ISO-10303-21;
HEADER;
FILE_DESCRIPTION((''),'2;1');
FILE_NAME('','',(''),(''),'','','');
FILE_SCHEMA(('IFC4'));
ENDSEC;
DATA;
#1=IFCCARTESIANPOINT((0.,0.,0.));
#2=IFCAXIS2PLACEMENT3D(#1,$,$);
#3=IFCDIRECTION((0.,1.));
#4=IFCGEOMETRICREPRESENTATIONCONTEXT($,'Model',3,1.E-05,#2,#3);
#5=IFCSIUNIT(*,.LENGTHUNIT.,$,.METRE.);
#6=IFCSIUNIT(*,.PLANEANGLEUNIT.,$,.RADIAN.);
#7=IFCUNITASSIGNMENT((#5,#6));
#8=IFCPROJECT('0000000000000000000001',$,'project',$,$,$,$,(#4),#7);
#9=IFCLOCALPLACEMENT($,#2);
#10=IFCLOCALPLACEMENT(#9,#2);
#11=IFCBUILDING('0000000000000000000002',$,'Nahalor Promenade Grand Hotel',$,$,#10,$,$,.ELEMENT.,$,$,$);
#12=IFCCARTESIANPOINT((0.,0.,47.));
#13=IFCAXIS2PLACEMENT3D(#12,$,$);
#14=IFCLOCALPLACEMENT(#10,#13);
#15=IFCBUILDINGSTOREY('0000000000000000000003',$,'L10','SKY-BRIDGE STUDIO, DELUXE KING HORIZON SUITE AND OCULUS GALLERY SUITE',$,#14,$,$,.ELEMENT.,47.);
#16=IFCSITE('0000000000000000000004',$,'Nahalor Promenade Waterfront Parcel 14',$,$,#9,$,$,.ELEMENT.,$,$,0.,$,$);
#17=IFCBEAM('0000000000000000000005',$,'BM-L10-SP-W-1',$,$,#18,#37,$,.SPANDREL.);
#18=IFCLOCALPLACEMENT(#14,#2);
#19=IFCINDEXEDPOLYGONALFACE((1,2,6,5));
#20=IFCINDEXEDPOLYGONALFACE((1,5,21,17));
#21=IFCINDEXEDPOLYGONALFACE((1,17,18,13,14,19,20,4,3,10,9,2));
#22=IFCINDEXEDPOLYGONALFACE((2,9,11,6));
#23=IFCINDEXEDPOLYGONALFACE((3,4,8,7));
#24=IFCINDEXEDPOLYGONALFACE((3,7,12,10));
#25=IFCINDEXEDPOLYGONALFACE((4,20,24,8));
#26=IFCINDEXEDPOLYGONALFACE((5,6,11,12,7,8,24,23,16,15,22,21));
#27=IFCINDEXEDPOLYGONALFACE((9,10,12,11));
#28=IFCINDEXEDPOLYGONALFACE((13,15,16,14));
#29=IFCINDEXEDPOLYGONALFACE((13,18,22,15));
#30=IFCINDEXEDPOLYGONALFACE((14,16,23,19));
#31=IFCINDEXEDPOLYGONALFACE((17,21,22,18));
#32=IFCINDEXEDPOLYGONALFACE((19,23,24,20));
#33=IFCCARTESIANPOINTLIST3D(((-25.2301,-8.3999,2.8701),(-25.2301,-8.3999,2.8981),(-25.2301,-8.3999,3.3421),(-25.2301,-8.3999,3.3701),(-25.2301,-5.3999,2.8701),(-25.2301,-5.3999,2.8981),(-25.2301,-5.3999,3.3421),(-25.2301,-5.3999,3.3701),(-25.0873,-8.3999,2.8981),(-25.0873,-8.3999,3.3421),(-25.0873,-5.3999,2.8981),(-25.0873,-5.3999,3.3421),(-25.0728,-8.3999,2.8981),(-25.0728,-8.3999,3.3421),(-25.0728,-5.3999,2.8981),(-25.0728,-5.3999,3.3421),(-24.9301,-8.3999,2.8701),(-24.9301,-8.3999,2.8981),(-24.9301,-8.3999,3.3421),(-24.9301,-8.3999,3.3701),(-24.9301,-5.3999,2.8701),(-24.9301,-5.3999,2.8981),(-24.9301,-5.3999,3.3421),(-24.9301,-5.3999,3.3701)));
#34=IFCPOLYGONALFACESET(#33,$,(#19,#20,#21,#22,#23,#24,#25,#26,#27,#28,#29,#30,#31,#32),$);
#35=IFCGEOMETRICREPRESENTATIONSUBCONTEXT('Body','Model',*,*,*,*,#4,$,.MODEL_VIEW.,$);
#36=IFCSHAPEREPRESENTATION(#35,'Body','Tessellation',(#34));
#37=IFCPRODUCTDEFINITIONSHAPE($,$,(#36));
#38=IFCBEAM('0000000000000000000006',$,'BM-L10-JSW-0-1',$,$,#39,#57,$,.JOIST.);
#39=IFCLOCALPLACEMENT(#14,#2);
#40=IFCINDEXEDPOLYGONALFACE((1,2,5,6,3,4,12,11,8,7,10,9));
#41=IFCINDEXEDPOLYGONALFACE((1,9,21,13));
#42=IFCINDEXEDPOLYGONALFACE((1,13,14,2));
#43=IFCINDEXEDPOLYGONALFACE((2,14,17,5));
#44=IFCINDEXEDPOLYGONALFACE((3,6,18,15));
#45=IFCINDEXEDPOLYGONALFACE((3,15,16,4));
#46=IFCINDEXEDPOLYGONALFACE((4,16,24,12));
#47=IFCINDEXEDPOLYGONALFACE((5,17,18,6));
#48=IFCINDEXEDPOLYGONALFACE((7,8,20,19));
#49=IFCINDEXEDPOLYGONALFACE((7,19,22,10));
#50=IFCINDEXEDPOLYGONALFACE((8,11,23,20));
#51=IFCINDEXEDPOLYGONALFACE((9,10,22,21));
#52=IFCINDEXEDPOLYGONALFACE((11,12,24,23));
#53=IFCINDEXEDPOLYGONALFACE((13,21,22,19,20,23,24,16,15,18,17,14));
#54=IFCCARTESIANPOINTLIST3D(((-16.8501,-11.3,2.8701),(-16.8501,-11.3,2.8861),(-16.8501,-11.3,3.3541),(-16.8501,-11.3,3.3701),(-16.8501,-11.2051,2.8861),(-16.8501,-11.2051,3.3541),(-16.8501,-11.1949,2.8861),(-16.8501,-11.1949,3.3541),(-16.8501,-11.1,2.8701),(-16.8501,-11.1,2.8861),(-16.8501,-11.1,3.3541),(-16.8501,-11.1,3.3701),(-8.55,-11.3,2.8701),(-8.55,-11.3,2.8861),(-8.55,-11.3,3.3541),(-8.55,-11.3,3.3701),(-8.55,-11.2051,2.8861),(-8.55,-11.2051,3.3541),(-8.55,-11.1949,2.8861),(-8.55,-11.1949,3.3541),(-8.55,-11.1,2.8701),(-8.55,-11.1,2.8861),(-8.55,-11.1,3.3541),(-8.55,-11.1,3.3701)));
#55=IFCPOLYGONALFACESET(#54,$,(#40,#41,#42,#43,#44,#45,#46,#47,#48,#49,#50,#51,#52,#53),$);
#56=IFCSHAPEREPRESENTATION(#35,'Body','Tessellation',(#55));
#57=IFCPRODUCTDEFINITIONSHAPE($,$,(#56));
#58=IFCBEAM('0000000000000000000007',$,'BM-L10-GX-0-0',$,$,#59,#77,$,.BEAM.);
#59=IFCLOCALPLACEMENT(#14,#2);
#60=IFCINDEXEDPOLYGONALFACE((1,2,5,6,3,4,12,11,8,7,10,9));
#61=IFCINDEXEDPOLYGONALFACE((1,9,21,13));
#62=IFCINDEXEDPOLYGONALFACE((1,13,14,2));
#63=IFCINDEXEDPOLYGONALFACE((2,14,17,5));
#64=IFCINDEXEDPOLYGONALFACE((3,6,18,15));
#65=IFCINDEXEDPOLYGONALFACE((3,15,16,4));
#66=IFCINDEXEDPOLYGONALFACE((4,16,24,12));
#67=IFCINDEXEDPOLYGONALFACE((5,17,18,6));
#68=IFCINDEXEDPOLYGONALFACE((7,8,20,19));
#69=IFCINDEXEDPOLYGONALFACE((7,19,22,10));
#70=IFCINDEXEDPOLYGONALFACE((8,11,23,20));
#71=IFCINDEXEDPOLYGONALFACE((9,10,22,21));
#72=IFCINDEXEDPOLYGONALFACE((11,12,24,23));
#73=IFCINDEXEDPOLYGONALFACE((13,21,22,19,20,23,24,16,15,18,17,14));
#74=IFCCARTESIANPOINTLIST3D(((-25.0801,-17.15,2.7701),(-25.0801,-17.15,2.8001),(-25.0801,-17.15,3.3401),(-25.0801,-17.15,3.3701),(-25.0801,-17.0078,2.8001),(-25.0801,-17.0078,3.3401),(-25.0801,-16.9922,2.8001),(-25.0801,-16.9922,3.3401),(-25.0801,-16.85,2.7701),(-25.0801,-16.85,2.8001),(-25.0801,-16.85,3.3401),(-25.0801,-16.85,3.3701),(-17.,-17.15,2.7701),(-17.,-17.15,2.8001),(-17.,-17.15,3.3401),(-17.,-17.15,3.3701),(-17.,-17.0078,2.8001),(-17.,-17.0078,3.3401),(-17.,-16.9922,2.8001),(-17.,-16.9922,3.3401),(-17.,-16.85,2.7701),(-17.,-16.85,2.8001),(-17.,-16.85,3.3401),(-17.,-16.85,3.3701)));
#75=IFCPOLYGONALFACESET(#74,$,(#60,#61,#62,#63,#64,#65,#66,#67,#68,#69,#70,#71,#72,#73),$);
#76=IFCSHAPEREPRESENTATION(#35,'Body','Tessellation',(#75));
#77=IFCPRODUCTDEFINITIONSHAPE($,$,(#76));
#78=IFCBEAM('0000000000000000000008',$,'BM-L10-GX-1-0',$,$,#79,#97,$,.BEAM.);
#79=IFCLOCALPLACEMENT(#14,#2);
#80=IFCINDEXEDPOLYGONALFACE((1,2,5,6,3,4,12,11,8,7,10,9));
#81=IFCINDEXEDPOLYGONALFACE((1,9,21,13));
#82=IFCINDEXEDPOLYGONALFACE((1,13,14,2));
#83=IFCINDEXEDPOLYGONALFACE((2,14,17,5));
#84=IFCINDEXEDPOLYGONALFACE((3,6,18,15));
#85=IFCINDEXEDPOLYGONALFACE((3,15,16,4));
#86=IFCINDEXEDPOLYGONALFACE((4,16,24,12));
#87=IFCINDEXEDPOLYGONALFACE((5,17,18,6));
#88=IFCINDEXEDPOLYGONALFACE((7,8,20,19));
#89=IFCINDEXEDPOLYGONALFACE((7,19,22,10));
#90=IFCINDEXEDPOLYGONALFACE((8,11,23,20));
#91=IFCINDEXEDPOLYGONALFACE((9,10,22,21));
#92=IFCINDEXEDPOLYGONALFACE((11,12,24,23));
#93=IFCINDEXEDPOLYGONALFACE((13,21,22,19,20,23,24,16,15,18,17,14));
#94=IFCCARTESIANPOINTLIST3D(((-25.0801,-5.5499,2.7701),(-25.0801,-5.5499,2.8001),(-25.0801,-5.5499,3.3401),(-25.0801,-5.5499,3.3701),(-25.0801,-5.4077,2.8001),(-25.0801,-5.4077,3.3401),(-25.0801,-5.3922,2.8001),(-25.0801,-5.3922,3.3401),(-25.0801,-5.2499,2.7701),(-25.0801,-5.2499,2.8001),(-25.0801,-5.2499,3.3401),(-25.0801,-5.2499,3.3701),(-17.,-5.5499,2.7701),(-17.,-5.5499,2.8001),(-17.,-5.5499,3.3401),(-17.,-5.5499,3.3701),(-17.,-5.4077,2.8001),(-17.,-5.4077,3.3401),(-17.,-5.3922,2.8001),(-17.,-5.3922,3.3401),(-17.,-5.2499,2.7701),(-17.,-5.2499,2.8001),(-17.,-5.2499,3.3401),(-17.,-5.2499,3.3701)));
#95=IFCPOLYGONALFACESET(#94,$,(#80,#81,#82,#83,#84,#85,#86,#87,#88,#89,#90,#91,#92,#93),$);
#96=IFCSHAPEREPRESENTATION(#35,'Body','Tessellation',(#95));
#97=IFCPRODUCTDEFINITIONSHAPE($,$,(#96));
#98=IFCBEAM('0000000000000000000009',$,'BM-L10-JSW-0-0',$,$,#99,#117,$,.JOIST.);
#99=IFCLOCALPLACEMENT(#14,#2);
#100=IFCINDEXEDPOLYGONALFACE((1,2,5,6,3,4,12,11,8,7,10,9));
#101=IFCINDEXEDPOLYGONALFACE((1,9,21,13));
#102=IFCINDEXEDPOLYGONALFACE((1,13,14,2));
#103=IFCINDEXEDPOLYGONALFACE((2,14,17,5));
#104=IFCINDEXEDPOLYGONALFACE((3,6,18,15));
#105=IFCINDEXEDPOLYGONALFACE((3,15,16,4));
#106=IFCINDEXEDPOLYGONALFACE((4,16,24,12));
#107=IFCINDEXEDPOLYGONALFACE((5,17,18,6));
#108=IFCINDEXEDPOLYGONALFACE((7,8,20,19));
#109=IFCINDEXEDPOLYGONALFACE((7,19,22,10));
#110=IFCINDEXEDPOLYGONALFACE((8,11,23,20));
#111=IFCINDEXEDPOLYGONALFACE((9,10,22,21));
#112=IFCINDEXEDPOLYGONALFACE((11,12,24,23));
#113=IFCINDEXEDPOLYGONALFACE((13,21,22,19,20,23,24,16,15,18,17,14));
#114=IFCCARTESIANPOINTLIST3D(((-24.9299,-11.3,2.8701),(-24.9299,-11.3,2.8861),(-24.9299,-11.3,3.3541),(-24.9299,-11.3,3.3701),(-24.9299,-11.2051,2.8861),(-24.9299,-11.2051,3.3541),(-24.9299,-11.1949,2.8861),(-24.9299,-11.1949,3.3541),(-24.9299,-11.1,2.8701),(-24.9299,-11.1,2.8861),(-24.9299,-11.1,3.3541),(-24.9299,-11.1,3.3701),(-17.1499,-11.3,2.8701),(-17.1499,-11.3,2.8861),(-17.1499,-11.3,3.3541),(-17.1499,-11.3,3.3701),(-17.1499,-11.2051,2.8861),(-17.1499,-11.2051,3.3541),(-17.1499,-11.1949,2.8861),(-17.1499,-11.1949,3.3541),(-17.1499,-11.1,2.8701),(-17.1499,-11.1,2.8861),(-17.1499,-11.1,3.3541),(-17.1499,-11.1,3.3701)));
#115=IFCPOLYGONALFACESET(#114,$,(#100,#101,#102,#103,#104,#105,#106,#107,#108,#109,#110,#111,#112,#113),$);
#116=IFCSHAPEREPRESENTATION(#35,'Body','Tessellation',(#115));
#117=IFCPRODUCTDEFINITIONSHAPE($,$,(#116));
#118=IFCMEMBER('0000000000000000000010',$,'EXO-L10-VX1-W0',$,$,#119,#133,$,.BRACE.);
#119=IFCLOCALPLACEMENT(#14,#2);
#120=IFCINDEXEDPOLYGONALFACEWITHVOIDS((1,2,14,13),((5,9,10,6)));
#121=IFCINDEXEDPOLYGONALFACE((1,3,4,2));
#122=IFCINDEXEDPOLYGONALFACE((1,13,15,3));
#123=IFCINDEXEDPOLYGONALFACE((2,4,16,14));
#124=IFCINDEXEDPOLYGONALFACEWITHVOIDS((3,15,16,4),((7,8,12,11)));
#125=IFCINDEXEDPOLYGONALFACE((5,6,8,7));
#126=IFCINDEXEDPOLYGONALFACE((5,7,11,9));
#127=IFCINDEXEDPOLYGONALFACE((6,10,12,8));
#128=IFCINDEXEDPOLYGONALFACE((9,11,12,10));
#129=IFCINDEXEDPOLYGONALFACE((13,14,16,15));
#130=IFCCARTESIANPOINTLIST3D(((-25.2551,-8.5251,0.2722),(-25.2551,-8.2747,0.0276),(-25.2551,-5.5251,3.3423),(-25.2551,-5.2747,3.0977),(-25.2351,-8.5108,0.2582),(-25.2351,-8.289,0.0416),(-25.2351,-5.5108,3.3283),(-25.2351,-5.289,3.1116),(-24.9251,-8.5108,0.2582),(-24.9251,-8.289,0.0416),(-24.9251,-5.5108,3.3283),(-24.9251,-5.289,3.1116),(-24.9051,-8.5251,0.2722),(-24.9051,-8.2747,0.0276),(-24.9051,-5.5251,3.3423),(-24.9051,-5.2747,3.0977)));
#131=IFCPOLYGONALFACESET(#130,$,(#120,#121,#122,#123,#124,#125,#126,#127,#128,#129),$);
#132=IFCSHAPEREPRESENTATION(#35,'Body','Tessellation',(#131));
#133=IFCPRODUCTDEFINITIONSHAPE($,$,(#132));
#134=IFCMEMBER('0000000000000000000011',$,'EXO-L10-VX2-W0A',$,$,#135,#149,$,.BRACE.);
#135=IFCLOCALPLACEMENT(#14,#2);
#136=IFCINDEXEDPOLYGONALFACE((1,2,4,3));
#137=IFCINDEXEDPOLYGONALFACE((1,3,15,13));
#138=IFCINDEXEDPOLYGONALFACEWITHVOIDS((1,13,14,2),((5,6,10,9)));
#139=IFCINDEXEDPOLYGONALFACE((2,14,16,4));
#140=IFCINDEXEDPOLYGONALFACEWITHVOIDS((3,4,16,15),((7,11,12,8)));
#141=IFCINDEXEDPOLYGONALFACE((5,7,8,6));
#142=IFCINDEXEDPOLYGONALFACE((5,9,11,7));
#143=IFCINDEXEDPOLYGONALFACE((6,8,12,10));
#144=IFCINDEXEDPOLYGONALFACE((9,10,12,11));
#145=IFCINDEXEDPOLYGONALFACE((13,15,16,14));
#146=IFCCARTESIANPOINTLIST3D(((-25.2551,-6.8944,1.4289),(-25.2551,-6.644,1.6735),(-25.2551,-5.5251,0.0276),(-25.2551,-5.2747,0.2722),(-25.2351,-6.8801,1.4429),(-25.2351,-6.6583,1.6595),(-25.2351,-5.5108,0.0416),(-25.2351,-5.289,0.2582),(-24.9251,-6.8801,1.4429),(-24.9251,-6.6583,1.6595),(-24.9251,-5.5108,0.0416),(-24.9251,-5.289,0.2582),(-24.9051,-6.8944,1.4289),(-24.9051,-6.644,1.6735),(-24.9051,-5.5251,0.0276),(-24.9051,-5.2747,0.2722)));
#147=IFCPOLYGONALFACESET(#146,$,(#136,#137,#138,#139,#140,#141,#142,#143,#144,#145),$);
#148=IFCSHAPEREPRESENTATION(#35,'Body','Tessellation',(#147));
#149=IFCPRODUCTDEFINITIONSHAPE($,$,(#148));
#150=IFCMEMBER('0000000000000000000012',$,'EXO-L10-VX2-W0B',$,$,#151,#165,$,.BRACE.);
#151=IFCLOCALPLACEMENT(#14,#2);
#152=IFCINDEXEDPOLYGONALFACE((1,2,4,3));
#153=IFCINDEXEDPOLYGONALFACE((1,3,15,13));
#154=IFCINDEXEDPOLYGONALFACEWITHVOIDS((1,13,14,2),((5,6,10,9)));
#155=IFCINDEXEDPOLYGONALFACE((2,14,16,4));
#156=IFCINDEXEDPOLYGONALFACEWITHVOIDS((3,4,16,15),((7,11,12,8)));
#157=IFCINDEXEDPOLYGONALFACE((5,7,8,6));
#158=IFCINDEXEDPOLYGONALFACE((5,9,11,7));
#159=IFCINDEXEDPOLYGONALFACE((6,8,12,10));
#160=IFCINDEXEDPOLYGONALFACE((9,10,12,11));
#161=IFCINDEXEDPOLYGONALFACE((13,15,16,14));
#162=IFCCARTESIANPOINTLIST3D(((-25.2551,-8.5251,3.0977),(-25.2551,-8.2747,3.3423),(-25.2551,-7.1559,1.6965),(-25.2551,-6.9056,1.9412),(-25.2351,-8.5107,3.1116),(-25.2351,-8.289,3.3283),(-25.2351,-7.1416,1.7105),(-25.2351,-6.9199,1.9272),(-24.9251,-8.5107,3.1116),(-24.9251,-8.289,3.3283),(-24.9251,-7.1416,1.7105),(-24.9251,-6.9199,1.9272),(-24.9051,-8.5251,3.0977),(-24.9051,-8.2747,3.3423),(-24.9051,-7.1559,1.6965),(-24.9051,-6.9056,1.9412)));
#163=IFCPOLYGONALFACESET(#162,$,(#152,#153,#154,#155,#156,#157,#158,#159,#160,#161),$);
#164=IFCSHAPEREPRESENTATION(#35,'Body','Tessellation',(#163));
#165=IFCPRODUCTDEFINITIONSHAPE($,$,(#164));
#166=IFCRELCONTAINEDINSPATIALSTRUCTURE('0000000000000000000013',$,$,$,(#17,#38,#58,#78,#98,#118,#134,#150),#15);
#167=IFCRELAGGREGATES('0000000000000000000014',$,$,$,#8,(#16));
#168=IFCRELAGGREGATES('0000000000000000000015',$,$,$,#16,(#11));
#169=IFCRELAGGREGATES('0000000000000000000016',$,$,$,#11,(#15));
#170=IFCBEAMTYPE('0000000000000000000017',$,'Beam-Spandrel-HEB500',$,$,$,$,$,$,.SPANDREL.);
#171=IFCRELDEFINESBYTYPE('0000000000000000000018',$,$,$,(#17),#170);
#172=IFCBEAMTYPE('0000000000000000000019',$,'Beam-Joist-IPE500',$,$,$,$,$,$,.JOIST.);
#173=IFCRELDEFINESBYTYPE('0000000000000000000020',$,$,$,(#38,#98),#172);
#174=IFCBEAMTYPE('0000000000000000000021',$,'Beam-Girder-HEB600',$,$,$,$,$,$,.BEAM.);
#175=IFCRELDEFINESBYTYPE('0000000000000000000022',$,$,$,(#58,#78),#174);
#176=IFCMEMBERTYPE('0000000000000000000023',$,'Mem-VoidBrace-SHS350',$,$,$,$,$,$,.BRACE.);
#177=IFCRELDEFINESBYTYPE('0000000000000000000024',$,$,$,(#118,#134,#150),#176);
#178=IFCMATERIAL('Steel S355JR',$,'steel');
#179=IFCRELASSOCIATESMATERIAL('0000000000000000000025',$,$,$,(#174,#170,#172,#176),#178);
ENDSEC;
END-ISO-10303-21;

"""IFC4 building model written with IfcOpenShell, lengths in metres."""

from ifc_helpers import new_model, si_unit, direction, frame, origin, origin_2d, place, context, subcontext, project, spatial, hollow_rectangle, i_section, extrude, source, transform, mapped, material, material_profile, profile_set, type_object, element, save


model = new_model("IFC4")

# Units and contexts
model_context = context("Model", 3, precision=1e-05, world=origin(), true_north=direction((0.0, 1.0)))
body_context = subcontext(model_context, "Body", "Model", "MODEL_VIEW")
ifc_project = project(units=[si_unit("LENGTHUNIT", "METRE"), si_unit("PLANEANGLEUNIT", "RADIAN")], contexts=[model_context])

# Site, building, storey
site_placement = place(None, origin())
site = spatial("IfcSite", under=ifc_project, at=site_placement, Name="Nahalor Promenade Waterfront Parcel 14", CompositionType="ELEMENT", RefElevation=0.0)
building_placement = place(site_placement, origin())
building = spatial("IfcBuilding", under=site, at=building_placement, Name="Nahalor Promenade Grand Hotel", CompositionType="ELEMENT")
storey_placement = place(building_placement, frame((0.0, 0.0, 47.0)))
storey = spatial("IfcBuildingStorey", under=building, at=storey_placement, Name="L10", Description="SKY-BRIDGE STUDIO, DELUXE KING HORIZON SUITE AND OCULUS GALLERY SUITE", CompositionType="ELEMENT", Elevation=47.0)

# Beams
ifc_material_1 = material(Name="Steel S355JR", Category="steel")
ifc_material_profile_1 = material_profile(ifc_material_1, i_section(OverallWidth=0.3, OverallDepth=0.6, WebThickness=0.0155, FlangeThickness=0.03, at=origin_2d()), Name="HEB 600")
ifc_profile_set_1 = profile_set([ifc_material_profile_1], Name="Steel S355JR")
beam_type_1 = type_object("IfcBeamType", Name="Beam-Girder-HEB600", PredefinedType="BEAM", material=ifc_profile_set_1)
ifc_material_profile_2 = material_profile(ifc_material_1, i_section(OverallWidth=0.3, OverallDepth=0.5, WebThickness=0.0145, FlangeThickness=0.028, at=origin_2d()), Name="HEB 500")
ifc_profile_set_2 = profile_set([ifc_material_profile_2], Name="Steel S355JR")
beam_type_2 = type_object("IfcBeamType", Name="Beam-Spandrel-HEB500", PredefinedType="SPANDREL", material=ifc_profile_set_2)
shared_shape_1 = source(origin(), body_context, "Body", "SweptSolid", [
    extrude(i_section(OverallWidth=0.3, OverallDepth=0.5, WebThickness=0.0145, FlangeThickness=0.028, at=origin_2d()), origin(), (0.0, 0.0, 1.0), 3.0),
])
beam_1_placement = place(storey_placement, frame((-25.0801, -8.3999, 3.1201), z_axis=(0.0, 1.0, 0.0), x_axis=(-1.0, 0.0, 0.0)))
element("IfcBeam", 1, at=beam_1_placement, inside=storey, type_object=beam_type_2, Name="BM-L10-SP-W-1", PredefinedType="SPANDREL", context=body_context, shape_type="MappedRepresentation", body=[
    mapped(shared_shape_1, transform((0.0, 0.0, 0.0), scale=1.0)),
])
ifc_material_profile_3 = material_profile(ifc_material_1, i_section(OverallWidth=0.2, OverallDepth=0.5, WebThickness=0.0102, FlangeThickness=0.016, at=origin_2d()), Name="IPE 500")
ifc_profile_set_3 = profile_set([ifc_material_profile_3], Name="Steel S355JR")
beam_type_3 = type_object("IfcBeamType", Name="Beam-Joist-IPE500", PredefinedType="JOIST", material=ifc_profile_set_3)
shared_shape_2 = source(origin(), body_context, "Body", "SweptSolid", [
    extrude(i_section(OverallWidth=0.2, OverallDepth=0.5, WebThickness=0.0102, FlangeThickness=0.016, at=origin_2d()), origin(), (0.0, 0.0, 1.0), 8.3),
])
beam_2_placement = place(storey_placement, frame((-16.8501, -11.2, 3.1201), z_axis=(1.0, 0.0, 0.0), x_axis=(0.0, 1.0, 0.0)))
element("IfcBeam", 2, at=beam_2_placement, inside=storey, type_object=beam_type_3, Name="BM-L10-JSW-0-1", PredefinedType="JOIST", context=body_context, shape_type="MappedRepresentation", body=[
    mapped(shared_shape_2, transform((0.0, 0.0, 0.0), scale=1.0)),
])
shared_shape_3 = source(origin(), body_context, "Body", "SweptSolid", [
    extrude(i_section(OverallWidth=0.3, OverallDepth=0.6, WebThickness=0.0155, FlangeThickness=0.03, at=origin_2d()), origin(), (0.0, 0.0, 1.0), 8.0801),
])
for number, where, z_axis, x_axis, name in (
    (3, (-25.0801, -17.0, 3.0701), (1.0, 0.0, 0.0), (0.0, 1.0, 0.0), "BM-L10-GX-0-0"),
    (4, (-25.0801, -5.3999, 3.0701), (1.0, 0.0, 0.0), (0.0, 1.0, 0.0), "BM-L10-GX-1-0"),
):
    element("IfcBeam", number, at=place(storey_placement, frame(where, z_axis=z_axis, x_axis=x_axis)), inside=storey, type_object=beam_type_1, Name=name, PredefinedType="BEAM", context=body_context, shape_type="MappedRepresentation", body=[
        mapped(shared_shape_3, transform((0.0, 0.0, 0.0), scale=1.0)),
    ])
shared_shape_4 = source(origin(), body_context, "Body", "SweptSolid", [
    extrude(i_section(OverallWidth=0.2, OverallDepth=0.5, WebThickness=0.0102, FlangeThickness=0.016, at=origin_2d()), origin(), (0.0, 0.0, 1.0), 7.78),
])
beam_3_placement = place(storey_placement, frame((-24.9299, -11.2, 3.1201), z_axis=(1.0, 0.0, 0.0), x_axis=(0.0, 1.0, 0.0)))
element("IfcBeam", 5, at=beam_3_placement, inside=storey, type_object=beam_type_3, Name="BM-L10-JSW-0-0", PredefinedType="JOIST", context=body_context, shape_type="MappedRepresentation", body=[
    mapped(shared_shape_4, transform((0.0, 0.0, 0.0), scale=1.0)),
])

# Members
ifc_material_profile_4 = material_profile(ifc_material_1, hollow_rectangle(XDim=0.35, YDim=0.35, WallThickness=0.02, at=origin_2d()), Name="SHS 350x350x20")
ifc_profile_set_4 = profile_set([ifc_material_profile_4], Name="Steel S355JR")
member_type_1 = type_object("IfcMemberType", Name="Mem-VoidBrace-SHS350", PredefinedType="BRACE", material=ifc_profile_set_4)
shared_shape_5 = source(origin(), body_context, "Body", "SweptSolid", [
    extrude(hollow_rectangle(XDim=0.35, YDim=0.35, WallThickness=0.02, at=origin_2d()), origin(), (0.0, 0.0, 1.0), 4.2925),
])
member_1_placement = place(storey_placement, frame((-25.0801, -8.3999, 0.1499), z_axis=(0.0, 0.698898, 0.715221), x_axis=(-1.0, 0.0, 0.0)))
element("IfcMember", 6, at=member_1_placement, inside=storey, type_object=member_type_1, Name="EXO-L10-VX1-W0", PredefinedType="BRACE", context=body_context, shape_type="MappedRepresentation", body=[
    mapped(shared_shape_5, transform((0.0, 0.0, 0.0), scale=1.0)),
])
shared_shape_6 = source(origin(), body_context, "Body", "SweptSolid", [
    extrude(hollow_rectangle(XDim=0.35, YDim=0.35, WallThickness=0.02, at=origin_2d()), origin(), (0.0, 0.0, 1.0), 1.9592),
])
member_2_placement = place(storey_placement, frame((-25.0801, -5.3999, 0.1499), z_axis=(0.0, -0.698898, 0.715221), x_axis=(1.0, 0.0, 0.0)))
element("IfcMember", 7, at=member_2_placement, inside=storey, type_object=member_type_1, Name="EXO-L10-VX2-W0A", PredefinedType="BRACE", context=body_context, shape_type="MappedRepresentation", body=[
    mapped(shared_shape_6, transform((0.0, 0.0, 0.0), scale=1.0)),
])
shared_shape_7 = source(origin(), body_context, "Body", "SweptSolid", [
    extrude(hollow_rectangle(XDim=0.35, YDim=0.35, WallThickness=0.02, at=origin_2d()), origin(), (0.0, 0.0, 1.0), 1.959),
])
member_3_placement = place(storey_placement, frame((-25.0801, -7.0308, 1.8188), z_axis=(0.0, -0.698897, 0.715223), x_axis=(1.0, 0.0, 0.0)))
element("IfcMember", 8, at=member_3_placement, inside=storey, type_object=member_type_1, Name="EXO-L10-VX2-W0B", PredefinedType="BRACE", context=body_context, shape_type="MappedRepresentation", body=[
    mapped(shared_shape_7, transform((0.0, 0.0, 0.0), scale=1.0)),
])

save(model, "model.ifc")
